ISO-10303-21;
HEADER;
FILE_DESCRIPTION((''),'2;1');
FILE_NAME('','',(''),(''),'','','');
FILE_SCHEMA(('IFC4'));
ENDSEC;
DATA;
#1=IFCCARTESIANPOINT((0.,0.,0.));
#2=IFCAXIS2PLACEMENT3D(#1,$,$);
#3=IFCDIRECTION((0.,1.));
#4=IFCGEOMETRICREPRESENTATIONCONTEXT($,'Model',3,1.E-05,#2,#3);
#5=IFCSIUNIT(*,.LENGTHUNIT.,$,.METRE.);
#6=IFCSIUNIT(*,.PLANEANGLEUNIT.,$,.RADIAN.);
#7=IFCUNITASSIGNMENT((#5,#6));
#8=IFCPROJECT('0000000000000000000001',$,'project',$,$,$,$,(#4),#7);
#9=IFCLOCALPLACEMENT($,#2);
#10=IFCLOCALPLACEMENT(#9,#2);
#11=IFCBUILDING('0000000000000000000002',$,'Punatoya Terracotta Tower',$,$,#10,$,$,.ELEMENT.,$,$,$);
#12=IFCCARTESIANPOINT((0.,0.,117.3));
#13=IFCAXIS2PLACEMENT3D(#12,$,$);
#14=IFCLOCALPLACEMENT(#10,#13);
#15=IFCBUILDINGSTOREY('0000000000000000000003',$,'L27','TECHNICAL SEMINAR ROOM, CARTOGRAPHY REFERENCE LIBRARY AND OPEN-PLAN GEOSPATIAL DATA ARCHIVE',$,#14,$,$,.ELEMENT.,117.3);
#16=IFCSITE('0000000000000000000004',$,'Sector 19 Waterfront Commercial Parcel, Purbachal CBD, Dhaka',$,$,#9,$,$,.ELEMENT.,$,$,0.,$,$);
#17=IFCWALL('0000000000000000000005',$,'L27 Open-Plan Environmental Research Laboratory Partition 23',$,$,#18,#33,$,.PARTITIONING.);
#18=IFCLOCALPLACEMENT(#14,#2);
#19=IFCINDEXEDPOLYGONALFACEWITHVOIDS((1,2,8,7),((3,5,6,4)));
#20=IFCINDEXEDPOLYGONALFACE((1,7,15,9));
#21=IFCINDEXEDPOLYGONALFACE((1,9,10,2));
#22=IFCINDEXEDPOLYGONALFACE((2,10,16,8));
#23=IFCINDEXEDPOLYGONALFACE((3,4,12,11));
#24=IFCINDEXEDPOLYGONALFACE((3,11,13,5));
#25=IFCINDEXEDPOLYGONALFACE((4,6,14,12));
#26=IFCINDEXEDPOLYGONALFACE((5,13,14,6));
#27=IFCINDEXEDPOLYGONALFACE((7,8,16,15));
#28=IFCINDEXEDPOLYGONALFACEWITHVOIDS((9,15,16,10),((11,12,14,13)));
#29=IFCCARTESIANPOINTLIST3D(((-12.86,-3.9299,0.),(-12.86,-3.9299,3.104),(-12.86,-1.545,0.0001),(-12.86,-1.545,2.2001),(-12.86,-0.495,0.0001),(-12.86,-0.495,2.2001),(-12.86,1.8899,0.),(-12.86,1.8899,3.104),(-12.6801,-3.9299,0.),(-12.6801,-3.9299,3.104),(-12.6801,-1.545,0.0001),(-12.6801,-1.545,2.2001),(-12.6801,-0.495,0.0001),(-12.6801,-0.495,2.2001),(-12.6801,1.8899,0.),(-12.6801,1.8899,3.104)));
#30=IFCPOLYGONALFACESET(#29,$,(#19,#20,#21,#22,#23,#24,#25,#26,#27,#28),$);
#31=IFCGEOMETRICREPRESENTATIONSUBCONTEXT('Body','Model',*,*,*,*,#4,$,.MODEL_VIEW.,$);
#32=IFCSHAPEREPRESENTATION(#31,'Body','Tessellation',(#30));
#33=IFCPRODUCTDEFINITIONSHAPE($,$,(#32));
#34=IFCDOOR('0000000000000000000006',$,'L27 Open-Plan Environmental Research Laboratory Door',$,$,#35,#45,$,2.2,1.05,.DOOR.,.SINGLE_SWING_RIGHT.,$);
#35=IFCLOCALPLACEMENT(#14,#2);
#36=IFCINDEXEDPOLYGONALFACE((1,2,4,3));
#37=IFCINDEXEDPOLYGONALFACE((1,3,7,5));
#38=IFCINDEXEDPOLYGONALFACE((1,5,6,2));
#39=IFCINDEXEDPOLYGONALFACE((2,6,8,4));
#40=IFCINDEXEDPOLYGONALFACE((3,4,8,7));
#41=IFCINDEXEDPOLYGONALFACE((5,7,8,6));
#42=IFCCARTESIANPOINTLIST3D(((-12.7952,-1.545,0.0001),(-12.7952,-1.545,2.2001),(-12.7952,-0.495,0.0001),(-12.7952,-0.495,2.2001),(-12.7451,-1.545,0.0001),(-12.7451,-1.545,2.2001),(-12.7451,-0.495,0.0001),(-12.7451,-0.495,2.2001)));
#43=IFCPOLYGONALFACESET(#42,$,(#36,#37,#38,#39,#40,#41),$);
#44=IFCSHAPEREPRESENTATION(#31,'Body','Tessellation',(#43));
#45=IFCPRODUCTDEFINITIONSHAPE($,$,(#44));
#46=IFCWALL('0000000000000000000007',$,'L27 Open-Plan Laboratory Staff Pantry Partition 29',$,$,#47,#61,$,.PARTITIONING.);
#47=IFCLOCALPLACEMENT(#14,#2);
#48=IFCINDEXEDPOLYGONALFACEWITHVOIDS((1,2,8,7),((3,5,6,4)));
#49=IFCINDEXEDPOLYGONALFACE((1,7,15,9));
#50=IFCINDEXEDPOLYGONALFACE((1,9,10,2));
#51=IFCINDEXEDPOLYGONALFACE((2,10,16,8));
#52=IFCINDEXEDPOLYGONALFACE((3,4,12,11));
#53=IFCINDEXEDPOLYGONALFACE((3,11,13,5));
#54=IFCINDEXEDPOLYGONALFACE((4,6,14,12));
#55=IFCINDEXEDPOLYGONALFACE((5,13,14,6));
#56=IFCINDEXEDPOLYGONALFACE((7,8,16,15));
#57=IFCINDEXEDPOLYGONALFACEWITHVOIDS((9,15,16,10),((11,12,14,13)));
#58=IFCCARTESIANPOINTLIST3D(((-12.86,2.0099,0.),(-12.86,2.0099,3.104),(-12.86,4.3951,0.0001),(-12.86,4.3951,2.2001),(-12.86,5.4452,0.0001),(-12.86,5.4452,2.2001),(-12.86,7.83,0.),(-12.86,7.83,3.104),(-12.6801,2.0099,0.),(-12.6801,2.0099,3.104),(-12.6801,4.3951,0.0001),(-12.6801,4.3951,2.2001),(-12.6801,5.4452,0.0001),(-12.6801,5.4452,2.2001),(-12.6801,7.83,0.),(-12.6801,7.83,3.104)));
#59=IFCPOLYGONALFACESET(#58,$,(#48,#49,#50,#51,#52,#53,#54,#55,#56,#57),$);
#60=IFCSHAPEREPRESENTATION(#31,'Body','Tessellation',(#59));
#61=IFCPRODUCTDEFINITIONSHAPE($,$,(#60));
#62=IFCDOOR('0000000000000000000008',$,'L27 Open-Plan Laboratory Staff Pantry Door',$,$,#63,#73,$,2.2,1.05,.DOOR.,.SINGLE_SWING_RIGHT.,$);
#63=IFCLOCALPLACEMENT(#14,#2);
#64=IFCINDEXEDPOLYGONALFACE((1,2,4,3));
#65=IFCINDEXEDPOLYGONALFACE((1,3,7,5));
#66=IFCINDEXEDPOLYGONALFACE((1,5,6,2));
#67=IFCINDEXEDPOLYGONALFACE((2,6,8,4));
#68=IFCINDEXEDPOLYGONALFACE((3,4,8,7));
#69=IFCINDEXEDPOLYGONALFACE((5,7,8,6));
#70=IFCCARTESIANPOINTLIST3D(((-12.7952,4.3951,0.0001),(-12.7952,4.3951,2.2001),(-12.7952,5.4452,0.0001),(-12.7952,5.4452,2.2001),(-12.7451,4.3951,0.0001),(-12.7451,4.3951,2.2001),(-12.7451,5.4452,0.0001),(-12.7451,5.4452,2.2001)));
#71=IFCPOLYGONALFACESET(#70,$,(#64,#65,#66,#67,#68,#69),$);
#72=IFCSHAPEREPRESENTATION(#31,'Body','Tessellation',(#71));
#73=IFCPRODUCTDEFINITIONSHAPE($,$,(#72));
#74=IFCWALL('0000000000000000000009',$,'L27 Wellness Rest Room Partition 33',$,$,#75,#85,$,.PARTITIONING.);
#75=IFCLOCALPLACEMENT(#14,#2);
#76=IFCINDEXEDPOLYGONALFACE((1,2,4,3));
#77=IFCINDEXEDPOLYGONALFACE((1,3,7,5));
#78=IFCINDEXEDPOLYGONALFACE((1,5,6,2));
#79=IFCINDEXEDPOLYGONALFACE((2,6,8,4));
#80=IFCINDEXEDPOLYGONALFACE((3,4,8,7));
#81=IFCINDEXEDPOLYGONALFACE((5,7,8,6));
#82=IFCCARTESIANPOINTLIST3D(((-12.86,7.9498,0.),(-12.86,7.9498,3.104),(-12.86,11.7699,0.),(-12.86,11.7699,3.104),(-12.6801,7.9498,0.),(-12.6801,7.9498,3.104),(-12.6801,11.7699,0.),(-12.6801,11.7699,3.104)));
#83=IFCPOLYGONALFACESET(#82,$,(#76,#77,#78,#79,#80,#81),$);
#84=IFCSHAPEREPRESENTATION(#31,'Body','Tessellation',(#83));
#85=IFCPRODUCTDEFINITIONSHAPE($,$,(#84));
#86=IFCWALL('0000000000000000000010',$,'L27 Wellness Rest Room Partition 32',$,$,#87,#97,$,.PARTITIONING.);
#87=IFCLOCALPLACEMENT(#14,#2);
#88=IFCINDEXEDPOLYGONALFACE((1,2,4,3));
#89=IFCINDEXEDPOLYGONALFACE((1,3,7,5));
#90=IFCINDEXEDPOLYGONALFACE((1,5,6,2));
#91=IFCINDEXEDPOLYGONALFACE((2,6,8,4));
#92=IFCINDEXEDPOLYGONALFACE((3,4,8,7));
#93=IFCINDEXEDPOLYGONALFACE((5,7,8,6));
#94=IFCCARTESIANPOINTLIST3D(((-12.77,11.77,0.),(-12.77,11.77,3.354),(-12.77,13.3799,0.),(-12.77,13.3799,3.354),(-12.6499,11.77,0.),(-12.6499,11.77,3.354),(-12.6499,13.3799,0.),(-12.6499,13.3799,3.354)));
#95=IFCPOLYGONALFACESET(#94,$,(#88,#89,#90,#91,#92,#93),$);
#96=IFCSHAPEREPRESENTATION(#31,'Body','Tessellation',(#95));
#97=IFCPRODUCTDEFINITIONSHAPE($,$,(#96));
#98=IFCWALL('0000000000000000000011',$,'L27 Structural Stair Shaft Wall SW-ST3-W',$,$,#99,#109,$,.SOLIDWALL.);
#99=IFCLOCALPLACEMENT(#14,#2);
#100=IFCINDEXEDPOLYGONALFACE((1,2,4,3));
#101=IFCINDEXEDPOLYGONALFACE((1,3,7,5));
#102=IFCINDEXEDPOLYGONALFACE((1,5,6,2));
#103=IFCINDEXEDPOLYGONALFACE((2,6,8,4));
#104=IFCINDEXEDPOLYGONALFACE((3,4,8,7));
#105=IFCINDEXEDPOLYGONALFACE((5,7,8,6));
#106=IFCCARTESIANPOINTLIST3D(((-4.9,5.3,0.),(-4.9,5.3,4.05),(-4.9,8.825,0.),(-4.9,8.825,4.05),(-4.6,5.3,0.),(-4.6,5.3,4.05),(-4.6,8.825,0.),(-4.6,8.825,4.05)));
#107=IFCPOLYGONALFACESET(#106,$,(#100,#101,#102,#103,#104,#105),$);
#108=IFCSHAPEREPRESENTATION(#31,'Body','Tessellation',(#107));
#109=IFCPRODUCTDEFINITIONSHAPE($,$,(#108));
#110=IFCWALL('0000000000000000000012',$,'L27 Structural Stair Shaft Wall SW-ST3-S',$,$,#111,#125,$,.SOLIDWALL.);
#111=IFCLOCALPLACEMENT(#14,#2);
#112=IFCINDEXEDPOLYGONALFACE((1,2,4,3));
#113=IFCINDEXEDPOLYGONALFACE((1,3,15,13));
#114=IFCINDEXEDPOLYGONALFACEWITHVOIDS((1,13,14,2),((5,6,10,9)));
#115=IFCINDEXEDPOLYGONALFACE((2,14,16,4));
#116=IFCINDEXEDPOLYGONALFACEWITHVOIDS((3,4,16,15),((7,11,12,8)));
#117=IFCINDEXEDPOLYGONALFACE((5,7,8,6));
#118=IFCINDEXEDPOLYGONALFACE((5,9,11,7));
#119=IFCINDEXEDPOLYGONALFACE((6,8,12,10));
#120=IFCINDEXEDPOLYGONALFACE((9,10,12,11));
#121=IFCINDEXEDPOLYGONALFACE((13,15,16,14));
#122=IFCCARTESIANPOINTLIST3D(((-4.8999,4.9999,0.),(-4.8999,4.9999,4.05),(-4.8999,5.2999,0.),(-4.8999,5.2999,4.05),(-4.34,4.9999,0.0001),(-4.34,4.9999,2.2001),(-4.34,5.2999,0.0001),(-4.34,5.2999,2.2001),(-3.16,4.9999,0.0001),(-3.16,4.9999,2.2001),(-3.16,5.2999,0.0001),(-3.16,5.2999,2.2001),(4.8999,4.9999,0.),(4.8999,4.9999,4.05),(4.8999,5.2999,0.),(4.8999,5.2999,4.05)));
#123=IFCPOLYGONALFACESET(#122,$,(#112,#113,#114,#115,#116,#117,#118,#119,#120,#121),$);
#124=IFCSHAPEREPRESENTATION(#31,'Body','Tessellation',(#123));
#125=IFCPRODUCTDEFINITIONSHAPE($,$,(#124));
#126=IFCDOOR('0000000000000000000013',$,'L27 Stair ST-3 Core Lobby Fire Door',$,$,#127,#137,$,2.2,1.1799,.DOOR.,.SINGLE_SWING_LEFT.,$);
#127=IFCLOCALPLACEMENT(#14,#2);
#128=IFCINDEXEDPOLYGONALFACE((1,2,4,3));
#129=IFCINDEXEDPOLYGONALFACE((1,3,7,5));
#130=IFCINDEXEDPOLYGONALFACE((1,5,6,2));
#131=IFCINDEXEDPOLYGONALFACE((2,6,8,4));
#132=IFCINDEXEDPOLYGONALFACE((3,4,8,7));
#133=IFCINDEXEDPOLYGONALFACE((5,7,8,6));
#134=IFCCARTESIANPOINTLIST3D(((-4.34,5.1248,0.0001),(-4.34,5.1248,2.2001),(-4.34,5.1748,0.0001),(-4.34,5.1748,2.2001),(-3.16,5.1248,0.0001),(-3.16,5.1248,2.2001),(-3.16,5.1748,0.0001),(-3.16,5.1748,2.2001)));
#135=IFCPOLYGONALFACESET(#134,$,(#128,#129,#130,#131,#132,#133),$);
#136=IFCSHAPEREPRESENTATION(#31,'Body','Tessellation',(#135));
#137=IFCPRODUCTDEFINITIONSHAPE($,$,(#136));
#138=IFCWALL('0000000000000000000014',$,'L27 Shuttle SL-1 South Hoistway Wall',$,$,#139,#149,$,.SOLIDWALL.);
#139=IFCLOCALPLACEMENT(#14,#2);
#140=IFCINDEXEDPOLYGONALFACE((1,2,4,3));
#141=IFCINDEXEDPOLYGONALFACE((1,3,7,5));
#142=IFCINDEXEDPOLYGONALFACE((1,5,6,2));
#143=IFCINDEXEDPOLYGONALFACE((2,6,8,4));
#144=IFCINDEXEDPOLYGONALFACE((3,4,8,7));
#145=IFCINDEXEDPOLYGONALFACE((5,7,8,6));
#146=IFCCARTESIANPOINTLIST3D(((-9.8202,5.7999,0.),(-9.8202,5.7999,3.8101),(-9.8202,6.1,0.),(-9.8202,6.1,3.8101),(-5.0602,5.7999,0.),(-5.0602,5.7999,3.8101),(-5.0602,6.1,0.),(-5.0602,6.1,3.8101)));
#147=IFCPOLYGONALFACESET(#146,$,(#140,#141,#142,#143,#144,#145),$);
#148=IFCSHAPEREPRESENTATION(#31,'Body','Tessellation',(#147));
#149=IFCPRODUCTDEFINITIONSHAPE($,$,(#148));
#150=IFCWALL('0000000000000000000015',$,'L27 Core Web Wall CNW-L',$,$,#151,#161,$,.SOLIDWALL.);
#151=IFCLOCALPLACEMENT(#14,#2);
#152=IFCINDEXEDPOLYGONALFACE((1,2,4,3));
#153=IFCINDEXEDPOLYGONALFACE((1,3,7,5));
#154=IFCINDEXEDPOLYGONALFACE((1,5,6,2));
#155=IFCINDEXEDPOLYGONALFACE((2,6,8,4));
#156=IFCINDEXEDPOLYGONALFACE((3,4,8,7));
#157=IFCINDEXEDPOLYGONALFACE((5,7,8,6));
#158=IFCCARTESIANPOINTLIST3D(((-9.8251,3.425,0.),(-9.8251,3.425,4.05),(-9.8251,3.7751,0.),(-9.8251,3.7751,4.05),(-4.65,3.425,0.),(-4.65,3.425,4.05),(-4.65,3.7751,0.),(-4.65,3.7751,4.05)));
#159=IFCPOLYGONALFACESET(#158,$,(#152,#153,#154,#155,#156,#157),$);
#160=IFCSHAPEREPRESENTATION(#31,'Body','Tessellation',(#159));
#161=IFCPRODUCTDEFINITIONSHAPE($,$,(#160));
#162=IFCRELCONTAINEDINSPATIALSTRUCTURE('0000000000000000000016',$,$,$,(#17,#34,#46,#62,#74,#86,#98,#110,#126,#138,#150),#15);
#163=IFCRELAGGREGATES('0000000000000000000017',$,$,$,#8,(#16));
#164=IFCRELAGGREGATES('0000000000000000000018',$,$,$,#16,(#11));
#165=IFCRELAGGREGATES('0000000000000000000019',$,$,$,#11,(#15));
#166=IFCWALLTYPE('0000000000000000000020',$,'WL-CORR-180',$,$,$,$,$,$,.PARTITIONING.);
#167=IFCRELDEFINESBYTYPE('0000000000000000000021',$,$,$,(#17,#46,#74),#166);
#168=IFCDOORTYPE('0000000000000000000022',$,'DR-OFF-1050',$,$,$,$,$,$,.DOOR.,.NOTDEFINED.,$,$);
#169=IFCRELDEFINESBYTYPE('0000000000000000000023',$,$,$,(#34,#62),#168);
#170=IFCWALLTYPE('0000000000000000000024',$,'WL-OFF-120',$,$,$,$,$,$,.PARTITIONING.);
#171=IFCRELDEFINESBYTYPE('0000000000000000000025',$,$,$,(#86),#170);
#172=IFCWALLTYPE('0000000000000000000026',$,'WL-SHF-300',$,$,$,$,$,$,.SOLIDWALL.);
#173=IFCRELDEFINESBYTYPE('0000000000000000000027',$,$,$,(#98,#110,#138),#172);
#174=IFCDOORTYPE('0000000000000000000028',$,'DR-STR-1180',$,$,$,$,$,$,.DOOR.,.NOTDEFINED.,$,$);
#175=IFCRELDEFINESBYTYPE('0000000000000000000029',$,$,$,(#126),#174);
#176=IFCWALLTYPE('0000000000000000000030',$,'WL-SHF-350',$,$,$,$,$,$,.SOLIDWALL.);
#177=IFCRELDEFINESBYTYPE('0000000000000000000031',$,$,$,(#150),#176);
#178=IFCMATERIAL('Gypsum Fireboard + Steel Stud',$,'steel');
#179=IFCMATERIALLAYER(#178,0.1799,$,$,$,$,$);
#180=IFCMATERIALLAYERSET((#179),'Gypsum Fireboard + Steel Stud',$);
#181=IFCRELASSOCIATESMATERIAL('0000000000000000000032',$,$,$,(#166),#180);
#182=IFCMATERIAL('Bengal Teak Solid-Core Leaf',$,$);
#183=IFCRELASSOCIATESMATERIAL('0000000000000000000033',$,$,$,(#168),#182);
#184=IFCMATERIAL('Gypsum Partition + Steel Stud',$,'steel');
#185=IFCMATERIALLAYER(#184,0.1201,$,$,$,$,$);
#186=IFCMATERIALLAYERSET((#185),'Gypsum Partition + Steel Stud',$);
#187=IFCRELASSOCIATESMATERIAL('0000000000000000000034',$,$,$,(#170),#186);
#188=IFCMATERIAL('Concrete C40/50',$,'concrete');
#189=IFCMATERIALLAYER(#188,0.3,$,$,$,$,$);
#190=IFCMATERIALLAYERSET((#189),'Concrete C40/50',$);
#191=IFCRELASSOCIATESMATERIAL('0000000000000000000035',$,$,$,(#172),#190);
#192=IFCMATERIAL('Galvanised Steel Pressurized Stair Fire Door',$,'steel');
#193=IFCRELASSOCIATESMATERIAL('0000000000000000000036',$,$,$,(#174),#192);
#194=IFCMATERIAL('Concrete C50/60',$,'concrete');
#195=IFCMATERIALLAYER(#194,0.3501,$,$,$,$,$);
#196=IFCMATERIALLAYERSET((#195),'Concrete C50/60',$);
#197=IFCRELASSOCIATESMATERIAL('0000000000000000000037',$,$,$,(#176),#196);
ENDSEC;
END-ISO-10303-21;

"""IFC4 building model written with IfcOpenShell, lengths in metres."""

from ifc_helpers import new_model, si_unit, direction, frame, frame_2d, origin, place, context, subcontext, project, spatial, rectangle, extrude, material, layer, layer_set, type_object, element, fill, save


model = new_model("IFC4")

# Units and contexts
model_context = context("Model", 3, precision=1e-05, world=origin(), true_north=direction((0.0, 1.0)))
body_context = subcontext(model_context, "Body", "Model", "MODEL_VIEW")
ifc_project = project(units=[si_unit("LENGTHUNIT", "METRE"), si_unit("PLANEANGLEUNIT", "RADIAN")], contexts=[model_context])

# Site, building, storey
site_placement = place(None, origin())
site = spatial("IfcSite", under=ifc_project, at=site_placement, Name="Sector 19 Waterfront Commercial Parcel, Purbachal CBD, Dhaka", CompositionType="ELEMENT", RefElevation=0.0)
building_placement = place(site_placement, origin())
building = spatial("IfcBuilding", under=site, at=building_placement, Name="Punatoya Terracotta Tower", CompositionType="ELEMENT")
storey_placement = place(building_placement, frame((0.0, 0.0, 117.3)))
storey = spatial("IfcBuildingStorey", under=building, at=storey_placement, Name="L27", Description="TECHNICAL SEMINAR ROOM, CARTOGRAPHY REFERENCE LIBRARY AND OPEN-PLAN GEOSPATIAL DATA ARCHIVE", CompositionType="ELEMENT", Elevation=117.3)

# Walls, openings, doors
ifc_material_1 = material(Name="Gypsum Fireboard + Steel Stud", Category="steel")
ifc_layer_1 = layer(ifc_material_1, 0.1799)
ifc_layer_set_1 = layer_set([ifc_layer_1], Name="Gypsum Fireboard + Steel Stud")
wall_type_1 = type_object("IfcWallType", Name="WL-CORR-180", PredefinedType="PARTITIONING", material=ifc_layer_set_1)
wall_1_placement = place(storey_placement, frame((-12.77, 1.8899, 0.0), z_axis=(0.0, 0.0, 1.0), x_axis=(0.0, -1.0, 0.0)))
wall_1 = element("IfcWall", 1, at=wall_1_placement, inside=storey, type_object=wall_type_1, Name="L27 Open-Plan Environmental Research Laboratory Partition 23", PredefinedType="PARTITIONING", context=body_context, shape_type="SweptSolid", body=[
    extrude(rectangle(XDim=5.8198, YDim=0.1799, at=frame_2d((2.9099, 0.0))), origin(), (0.0, 0.0, 1.0), 3.104),
])
opening_1_placement = place(wall_1_placement, frame((2.385, 0.0, 0.0)))
opening_1 = element("IfcOpeningElement", 2, at=opening_1_placement, cuts=wall_1, PredefinedType="OPENING", context=body_context, shape_type="SweptSolid", body=[
    extrude(rectangle(XDim=1.05, YDim=2.2, at=frame_2d((0.5249, 1.1001))), frame((0.0, 0.0999, 0.0), z_axis=(0.0, -1.0, 0.0), x_axis=(1.0, 0.0, 0.0)), (0.0, 0.0, 1.0), 0.2),
])
ifc_material_2 = material(Name="Bengal Teak Solid-Core Leaf")
door_type_1 = type_object("IfcDoorType", Name="DR-OFF-1050", OperationType="NOTDEFINED", PredefinedType="DOOR", material=ifc_material_2)
door_1_placement = place(opening_1_placement, origin())
door_1 = element("IfcDoor", 3, at=door_1_placement, inside=storey, type_object=door_type_1, Name="L27 Open-Plan Environmental Research Laboratory Door", OperationType="SINGLE_SWING_RIGHT", OverallHeight=2.2, OverallWidth=1.05, PredefinedType="DOOR", context=body_context, shape_type="SweptSolid", body=[
    extrude(rectangle(XDim=1.05, YDim=2.2, at=frame_2d((0.5249, 1.1001))), frame((0.0, 0.0249, 0.0), z_axis=(0.0, -1.0, 0.0), x_axis=(1.0, 0.0, 0.0)), (0.0, 0.0, 1.0), 0.05),
])
fill(opening_1, door_1)
wall_2_placement = place(storey_placement, frame((-12.77, 7.8301, 0.0), z_axis=(0.0, 0.0, 1.0), x_axis=(0.0, -1.0, 0.0)))
wall_2 = element("IfcWall", 4, at=wall_2_placement, inside=storey, type_object=wall_type_1, Name="L27 Open-Plan Laboratory Staff Pantry Partition 29", PredefinedType="PARTITIONING", context=body_context, shape_type="SweptSolid", body=[
    extrude(rectangle(XDim=5.8201, YDim=0.1799, at=frame_2d((2.9102, 0.0))), origin(), (0.0, 0.0, 1.0), 3.104),
])
opening_2_placement = place(wall_2_placement, frame((2.385, 0.0, 0.0)))
opening_2 = element("IfcOpeningElement", 5, at=opening_2_placement, cuts=wall_2, PredefinedType="OPENING", context=body_context, shape_type="SweptSolid", body=[
    extrude(rectangle(XDim=1.05, YDim=2.2, at=frame_2d((0.5249, 1.1001))), frame((0.0, 0.0999, 0.0), z_axis=(0.0, -1.0, 0.0), x_axis=(1.0, 0.0, 0.0)), (0.0, 0.0, 1.0), 0.2),
])
door_2_placement = place(opening_2_placement, origin())
door_2 = element("IfcDoor", 6, at=door_2_placement, inside=storey, type_object=door_type_1, Name="L27 Open-Plan Laboratory Staff Pantry Door", OperationType="SINGLE_SWING_RIGHT", OverallHeight=2.2, OverallWidth=1.05, PredefinedType="DOOR", context=body_context, shape_type="SweptSolid", body=[
    extrude(rectangle(XDim=1.05, YDim=2.2, at=frame_2d((0.5249, 1.1001))), frame((0.0, 0.0249, 0.0), z_axis=(0.0, -1.0, 0.0), x_axis=(1.0, 0.0, 0.0)), (0.0, 0.0, 1.0), 0.05),
])
fill(opening_2, door_2)

# Walls
wall_3_placement = place(storey_placement, frame((-12.77, 11.77, 0.0), z_axis=(0.0, 0.0, 1.0), x_axis=(0.0, -1.0, 0.0)))
element("IfcWall", 7, at=wall_3_placement, inside=storey, type_object=wall_type_1, Name="L27 Wellness Rest Room Partition 33", PredefinedType="PARTITIONING", context=body_context, shape_type="SweptSolid", body=[
    extrude(rectangle(XDim=3.8201, YDim=0.1799, at=frame_2d((1.9102, 0.0))), origin(), (0.0, 0.0, 1.0), 3.104),
])
ifc_material_3 = material(Name="Gypsum Partition + Steel Stud", Category="steel")
ifc_layer_2 = layer(ifc_material_3, 0.1201)
ifc_layer_set_2 = layer_set([ifc_layer_2], Name="Gypsum Partition + Steel Stud")
wall_type_2 = type_object("IfcWallType", Name="WL-OFF-120", PredefinedType="PARTITIONING", material=ifc_layer_set_2)
wall_4_placement = place(storey_placement, frame((-12.71, 13.3799, 0.0), z_axis=(0.0, 0.0, 1.0), x_axis=(0.0, -1.0, 0.0)))
element("IfcWall", 8, at=wall_4_placement, inside=storey, type_object=wall_type_2, Name="L27 Wellness Rest Room Partition 32", PredefinedType="PARTITIONING", context=body_context, shape_type="SweptSolid", body=[
    extrude(rectangle(XDim=1.6099, YDim=0.1201, at=frame_2d((0.8049, 0.0))), origin(), (0.0, 0.0, 1.0), 3.354),
])
ifc_material_4 = material(Name="Concrete C40/50", Category="concrete")
ifc_layer_3 = layer(ifc_material_4, 0.3)
ifc_layer_set_3 = layer_set([ifc_layer_3], Name="Concrete C40/50")
wall_type_3 = type_object("IfcWallType", Name="WL-SHF-300", PredefinedType="SOLIDWALL", material=ifc_layer_set_3)
wall_5_placement = place(storey_placement, frame((-4.75, 5.3, 0.0), z_axis=(0.0, 0.0, 1.0), x_axis=(0.0, 1.0, 0.0)))
element("IfcWall", 9, at=wall_5_placement, inside=storey, type_object=wall_type_3, Name="L27 Structural Stair Shaft Wall SW-ST3-W", PredefinedType="SOLIDWALL", context=body_context, shape_type="SweptSolid", body=[
    extrude(rectangle(XDim=3.5249, YDim=0.3, at=frame_2d((1.7625, 0.0))), origin(), (0.0, 0.0, 1.0), 4.05),
])

# Wall, opening, door
wall_6_placement = place(storey_placement, frame((-4.8999, 5.1499, 0.0), z_axis=(0.0, 0.0, 1.0), x_axis=(1.0, 0.0, 0.0)))
wall_6 = element("IfcWall", 10, at=wall_6_placement, inside=storey, type_object=wall_type_3, Name="L27 Structural Stair Shaft Wall SW-ST3-S", PredefinedType="SOLIDWALL", context=body_context, shape_type="SweptSolid", body=[
    extrude(rectangle(XDim=9.7998, YDim=0.3, at=frame_2d((4.8999, 0.0))), origin(), (0.0, 0.0, 1.0), 4.05),
])
opening_3_placement = place(wall_6_placement, frame((0.5601, 0.0, 0.0)))
opening_3 = element("IfcOpeningElement", 11, at=opening_3_placement, cuts=wall_6, PredefinedType="OPENING", context=body_context, shape_type="SweptSolid", body=[
    extrude(rectangle(XDim=1.1799, YDim=2.2, at=frame_2d((0.5898, 1.1001))), frame((0.0, 0.1599, 0.0), z_axis=(0.0, -1.0, 0.0), x_axis=(1.0, 0.0, 0.0)), (0.0, 0.0, 1.0), 0.3201),
])
ifc_material_5 = material(Name="Galvanised Steel Pressurized Stair Fire Door", Category="steel")
door_type_2 = type_object("IfcDoorType", Name="DR-STR-1180", OperationType="NOTDEFINED", PredefinedType="DOOR", material=ifc_material_5)
door_3_placement = place(opening_3_placement, origin())
door_3 = element("IfcDoor", 12, at=door_3_placement, inside=storey, type_object=door_type_2, Name="L27 Stair ST-3 Core Lobby Fire Door", OperationType="SINGLE_SWING_LEFT", OverallHeight=2.2, OverallWidth=1.1799, PredefinedType="DOOR", context=body_context, shape_type="SweptSolid", body=[
    extrude(rectangle(XDim=1.1799, YDim=2.2, at=frame_2d((0.5898, 1.1001))), frame((0.0, 0.0249, 0.0), z_axis=(0.0, -1.0, 0.0), x_axis=(1.0, 0.0, 0.0)), (0.0, 0.0, 1.0), 0.05),
])
fill(opening_3, door_3)

# Walls
wall_7_placement = place(storey_placement, frame((-9.8201, 5.95, 0.0), z_axis=(0.0, 0.0, 1.0), x_axis=(1.0, 0.0, 0.0)))
element("IfcWall", 13, at=wall_7_placement, inside=storey, type_object=wall_type_3, Name="L27 Shuttle SL-1 South Hoistway Wall", PredefinedType="SOLIDWALL", context=body_context, shape_type="SweptSolid", body=[
    extrude(rectangle(XDim=4.76, YDim=0.3, at=frame_2d((2.3799, 0.0))), origin(), (0.0, 0.0, 1.0), 3.8101),
])
ifc_material_6 = material(Name="Concrete C50/60", Category="concrete")
ifc_layer_4 = layer(ifc_material_6, 0.3501)
ifc_layer_set_4 = layer_set([ifc_layer_4], Name="Concrete C50/60")
wall_type_4 = type_object("IfcWallType", Name="WL-SHF-350", PredefinedType="SOLIDWALL", material=ifc_layer_set_4)
wall_8_placement = place(storey_placement, frame((-9.825, 3.6001, 0.0), z_axis=(0.0, 0.0, 1.0), x_axis=(1.0, 0.0, 0.0)))
element("IfcWall", 14, at=wall_8_placement, inside=storey, type_object=wall_type_4, Name="L27 Core Web Wall CNW-L", PredefinedType="SOLIDWALL", context=body_context, shape_type="SweptSolid", body=[
    extrude(rectangle(XDim=5.175, YDim=0.3501, at=frame_2d((2.5874, 0.0))), origin(), (0.0, 0.0, 1.0), 4.05),
])

save(model, "model.ifc")
